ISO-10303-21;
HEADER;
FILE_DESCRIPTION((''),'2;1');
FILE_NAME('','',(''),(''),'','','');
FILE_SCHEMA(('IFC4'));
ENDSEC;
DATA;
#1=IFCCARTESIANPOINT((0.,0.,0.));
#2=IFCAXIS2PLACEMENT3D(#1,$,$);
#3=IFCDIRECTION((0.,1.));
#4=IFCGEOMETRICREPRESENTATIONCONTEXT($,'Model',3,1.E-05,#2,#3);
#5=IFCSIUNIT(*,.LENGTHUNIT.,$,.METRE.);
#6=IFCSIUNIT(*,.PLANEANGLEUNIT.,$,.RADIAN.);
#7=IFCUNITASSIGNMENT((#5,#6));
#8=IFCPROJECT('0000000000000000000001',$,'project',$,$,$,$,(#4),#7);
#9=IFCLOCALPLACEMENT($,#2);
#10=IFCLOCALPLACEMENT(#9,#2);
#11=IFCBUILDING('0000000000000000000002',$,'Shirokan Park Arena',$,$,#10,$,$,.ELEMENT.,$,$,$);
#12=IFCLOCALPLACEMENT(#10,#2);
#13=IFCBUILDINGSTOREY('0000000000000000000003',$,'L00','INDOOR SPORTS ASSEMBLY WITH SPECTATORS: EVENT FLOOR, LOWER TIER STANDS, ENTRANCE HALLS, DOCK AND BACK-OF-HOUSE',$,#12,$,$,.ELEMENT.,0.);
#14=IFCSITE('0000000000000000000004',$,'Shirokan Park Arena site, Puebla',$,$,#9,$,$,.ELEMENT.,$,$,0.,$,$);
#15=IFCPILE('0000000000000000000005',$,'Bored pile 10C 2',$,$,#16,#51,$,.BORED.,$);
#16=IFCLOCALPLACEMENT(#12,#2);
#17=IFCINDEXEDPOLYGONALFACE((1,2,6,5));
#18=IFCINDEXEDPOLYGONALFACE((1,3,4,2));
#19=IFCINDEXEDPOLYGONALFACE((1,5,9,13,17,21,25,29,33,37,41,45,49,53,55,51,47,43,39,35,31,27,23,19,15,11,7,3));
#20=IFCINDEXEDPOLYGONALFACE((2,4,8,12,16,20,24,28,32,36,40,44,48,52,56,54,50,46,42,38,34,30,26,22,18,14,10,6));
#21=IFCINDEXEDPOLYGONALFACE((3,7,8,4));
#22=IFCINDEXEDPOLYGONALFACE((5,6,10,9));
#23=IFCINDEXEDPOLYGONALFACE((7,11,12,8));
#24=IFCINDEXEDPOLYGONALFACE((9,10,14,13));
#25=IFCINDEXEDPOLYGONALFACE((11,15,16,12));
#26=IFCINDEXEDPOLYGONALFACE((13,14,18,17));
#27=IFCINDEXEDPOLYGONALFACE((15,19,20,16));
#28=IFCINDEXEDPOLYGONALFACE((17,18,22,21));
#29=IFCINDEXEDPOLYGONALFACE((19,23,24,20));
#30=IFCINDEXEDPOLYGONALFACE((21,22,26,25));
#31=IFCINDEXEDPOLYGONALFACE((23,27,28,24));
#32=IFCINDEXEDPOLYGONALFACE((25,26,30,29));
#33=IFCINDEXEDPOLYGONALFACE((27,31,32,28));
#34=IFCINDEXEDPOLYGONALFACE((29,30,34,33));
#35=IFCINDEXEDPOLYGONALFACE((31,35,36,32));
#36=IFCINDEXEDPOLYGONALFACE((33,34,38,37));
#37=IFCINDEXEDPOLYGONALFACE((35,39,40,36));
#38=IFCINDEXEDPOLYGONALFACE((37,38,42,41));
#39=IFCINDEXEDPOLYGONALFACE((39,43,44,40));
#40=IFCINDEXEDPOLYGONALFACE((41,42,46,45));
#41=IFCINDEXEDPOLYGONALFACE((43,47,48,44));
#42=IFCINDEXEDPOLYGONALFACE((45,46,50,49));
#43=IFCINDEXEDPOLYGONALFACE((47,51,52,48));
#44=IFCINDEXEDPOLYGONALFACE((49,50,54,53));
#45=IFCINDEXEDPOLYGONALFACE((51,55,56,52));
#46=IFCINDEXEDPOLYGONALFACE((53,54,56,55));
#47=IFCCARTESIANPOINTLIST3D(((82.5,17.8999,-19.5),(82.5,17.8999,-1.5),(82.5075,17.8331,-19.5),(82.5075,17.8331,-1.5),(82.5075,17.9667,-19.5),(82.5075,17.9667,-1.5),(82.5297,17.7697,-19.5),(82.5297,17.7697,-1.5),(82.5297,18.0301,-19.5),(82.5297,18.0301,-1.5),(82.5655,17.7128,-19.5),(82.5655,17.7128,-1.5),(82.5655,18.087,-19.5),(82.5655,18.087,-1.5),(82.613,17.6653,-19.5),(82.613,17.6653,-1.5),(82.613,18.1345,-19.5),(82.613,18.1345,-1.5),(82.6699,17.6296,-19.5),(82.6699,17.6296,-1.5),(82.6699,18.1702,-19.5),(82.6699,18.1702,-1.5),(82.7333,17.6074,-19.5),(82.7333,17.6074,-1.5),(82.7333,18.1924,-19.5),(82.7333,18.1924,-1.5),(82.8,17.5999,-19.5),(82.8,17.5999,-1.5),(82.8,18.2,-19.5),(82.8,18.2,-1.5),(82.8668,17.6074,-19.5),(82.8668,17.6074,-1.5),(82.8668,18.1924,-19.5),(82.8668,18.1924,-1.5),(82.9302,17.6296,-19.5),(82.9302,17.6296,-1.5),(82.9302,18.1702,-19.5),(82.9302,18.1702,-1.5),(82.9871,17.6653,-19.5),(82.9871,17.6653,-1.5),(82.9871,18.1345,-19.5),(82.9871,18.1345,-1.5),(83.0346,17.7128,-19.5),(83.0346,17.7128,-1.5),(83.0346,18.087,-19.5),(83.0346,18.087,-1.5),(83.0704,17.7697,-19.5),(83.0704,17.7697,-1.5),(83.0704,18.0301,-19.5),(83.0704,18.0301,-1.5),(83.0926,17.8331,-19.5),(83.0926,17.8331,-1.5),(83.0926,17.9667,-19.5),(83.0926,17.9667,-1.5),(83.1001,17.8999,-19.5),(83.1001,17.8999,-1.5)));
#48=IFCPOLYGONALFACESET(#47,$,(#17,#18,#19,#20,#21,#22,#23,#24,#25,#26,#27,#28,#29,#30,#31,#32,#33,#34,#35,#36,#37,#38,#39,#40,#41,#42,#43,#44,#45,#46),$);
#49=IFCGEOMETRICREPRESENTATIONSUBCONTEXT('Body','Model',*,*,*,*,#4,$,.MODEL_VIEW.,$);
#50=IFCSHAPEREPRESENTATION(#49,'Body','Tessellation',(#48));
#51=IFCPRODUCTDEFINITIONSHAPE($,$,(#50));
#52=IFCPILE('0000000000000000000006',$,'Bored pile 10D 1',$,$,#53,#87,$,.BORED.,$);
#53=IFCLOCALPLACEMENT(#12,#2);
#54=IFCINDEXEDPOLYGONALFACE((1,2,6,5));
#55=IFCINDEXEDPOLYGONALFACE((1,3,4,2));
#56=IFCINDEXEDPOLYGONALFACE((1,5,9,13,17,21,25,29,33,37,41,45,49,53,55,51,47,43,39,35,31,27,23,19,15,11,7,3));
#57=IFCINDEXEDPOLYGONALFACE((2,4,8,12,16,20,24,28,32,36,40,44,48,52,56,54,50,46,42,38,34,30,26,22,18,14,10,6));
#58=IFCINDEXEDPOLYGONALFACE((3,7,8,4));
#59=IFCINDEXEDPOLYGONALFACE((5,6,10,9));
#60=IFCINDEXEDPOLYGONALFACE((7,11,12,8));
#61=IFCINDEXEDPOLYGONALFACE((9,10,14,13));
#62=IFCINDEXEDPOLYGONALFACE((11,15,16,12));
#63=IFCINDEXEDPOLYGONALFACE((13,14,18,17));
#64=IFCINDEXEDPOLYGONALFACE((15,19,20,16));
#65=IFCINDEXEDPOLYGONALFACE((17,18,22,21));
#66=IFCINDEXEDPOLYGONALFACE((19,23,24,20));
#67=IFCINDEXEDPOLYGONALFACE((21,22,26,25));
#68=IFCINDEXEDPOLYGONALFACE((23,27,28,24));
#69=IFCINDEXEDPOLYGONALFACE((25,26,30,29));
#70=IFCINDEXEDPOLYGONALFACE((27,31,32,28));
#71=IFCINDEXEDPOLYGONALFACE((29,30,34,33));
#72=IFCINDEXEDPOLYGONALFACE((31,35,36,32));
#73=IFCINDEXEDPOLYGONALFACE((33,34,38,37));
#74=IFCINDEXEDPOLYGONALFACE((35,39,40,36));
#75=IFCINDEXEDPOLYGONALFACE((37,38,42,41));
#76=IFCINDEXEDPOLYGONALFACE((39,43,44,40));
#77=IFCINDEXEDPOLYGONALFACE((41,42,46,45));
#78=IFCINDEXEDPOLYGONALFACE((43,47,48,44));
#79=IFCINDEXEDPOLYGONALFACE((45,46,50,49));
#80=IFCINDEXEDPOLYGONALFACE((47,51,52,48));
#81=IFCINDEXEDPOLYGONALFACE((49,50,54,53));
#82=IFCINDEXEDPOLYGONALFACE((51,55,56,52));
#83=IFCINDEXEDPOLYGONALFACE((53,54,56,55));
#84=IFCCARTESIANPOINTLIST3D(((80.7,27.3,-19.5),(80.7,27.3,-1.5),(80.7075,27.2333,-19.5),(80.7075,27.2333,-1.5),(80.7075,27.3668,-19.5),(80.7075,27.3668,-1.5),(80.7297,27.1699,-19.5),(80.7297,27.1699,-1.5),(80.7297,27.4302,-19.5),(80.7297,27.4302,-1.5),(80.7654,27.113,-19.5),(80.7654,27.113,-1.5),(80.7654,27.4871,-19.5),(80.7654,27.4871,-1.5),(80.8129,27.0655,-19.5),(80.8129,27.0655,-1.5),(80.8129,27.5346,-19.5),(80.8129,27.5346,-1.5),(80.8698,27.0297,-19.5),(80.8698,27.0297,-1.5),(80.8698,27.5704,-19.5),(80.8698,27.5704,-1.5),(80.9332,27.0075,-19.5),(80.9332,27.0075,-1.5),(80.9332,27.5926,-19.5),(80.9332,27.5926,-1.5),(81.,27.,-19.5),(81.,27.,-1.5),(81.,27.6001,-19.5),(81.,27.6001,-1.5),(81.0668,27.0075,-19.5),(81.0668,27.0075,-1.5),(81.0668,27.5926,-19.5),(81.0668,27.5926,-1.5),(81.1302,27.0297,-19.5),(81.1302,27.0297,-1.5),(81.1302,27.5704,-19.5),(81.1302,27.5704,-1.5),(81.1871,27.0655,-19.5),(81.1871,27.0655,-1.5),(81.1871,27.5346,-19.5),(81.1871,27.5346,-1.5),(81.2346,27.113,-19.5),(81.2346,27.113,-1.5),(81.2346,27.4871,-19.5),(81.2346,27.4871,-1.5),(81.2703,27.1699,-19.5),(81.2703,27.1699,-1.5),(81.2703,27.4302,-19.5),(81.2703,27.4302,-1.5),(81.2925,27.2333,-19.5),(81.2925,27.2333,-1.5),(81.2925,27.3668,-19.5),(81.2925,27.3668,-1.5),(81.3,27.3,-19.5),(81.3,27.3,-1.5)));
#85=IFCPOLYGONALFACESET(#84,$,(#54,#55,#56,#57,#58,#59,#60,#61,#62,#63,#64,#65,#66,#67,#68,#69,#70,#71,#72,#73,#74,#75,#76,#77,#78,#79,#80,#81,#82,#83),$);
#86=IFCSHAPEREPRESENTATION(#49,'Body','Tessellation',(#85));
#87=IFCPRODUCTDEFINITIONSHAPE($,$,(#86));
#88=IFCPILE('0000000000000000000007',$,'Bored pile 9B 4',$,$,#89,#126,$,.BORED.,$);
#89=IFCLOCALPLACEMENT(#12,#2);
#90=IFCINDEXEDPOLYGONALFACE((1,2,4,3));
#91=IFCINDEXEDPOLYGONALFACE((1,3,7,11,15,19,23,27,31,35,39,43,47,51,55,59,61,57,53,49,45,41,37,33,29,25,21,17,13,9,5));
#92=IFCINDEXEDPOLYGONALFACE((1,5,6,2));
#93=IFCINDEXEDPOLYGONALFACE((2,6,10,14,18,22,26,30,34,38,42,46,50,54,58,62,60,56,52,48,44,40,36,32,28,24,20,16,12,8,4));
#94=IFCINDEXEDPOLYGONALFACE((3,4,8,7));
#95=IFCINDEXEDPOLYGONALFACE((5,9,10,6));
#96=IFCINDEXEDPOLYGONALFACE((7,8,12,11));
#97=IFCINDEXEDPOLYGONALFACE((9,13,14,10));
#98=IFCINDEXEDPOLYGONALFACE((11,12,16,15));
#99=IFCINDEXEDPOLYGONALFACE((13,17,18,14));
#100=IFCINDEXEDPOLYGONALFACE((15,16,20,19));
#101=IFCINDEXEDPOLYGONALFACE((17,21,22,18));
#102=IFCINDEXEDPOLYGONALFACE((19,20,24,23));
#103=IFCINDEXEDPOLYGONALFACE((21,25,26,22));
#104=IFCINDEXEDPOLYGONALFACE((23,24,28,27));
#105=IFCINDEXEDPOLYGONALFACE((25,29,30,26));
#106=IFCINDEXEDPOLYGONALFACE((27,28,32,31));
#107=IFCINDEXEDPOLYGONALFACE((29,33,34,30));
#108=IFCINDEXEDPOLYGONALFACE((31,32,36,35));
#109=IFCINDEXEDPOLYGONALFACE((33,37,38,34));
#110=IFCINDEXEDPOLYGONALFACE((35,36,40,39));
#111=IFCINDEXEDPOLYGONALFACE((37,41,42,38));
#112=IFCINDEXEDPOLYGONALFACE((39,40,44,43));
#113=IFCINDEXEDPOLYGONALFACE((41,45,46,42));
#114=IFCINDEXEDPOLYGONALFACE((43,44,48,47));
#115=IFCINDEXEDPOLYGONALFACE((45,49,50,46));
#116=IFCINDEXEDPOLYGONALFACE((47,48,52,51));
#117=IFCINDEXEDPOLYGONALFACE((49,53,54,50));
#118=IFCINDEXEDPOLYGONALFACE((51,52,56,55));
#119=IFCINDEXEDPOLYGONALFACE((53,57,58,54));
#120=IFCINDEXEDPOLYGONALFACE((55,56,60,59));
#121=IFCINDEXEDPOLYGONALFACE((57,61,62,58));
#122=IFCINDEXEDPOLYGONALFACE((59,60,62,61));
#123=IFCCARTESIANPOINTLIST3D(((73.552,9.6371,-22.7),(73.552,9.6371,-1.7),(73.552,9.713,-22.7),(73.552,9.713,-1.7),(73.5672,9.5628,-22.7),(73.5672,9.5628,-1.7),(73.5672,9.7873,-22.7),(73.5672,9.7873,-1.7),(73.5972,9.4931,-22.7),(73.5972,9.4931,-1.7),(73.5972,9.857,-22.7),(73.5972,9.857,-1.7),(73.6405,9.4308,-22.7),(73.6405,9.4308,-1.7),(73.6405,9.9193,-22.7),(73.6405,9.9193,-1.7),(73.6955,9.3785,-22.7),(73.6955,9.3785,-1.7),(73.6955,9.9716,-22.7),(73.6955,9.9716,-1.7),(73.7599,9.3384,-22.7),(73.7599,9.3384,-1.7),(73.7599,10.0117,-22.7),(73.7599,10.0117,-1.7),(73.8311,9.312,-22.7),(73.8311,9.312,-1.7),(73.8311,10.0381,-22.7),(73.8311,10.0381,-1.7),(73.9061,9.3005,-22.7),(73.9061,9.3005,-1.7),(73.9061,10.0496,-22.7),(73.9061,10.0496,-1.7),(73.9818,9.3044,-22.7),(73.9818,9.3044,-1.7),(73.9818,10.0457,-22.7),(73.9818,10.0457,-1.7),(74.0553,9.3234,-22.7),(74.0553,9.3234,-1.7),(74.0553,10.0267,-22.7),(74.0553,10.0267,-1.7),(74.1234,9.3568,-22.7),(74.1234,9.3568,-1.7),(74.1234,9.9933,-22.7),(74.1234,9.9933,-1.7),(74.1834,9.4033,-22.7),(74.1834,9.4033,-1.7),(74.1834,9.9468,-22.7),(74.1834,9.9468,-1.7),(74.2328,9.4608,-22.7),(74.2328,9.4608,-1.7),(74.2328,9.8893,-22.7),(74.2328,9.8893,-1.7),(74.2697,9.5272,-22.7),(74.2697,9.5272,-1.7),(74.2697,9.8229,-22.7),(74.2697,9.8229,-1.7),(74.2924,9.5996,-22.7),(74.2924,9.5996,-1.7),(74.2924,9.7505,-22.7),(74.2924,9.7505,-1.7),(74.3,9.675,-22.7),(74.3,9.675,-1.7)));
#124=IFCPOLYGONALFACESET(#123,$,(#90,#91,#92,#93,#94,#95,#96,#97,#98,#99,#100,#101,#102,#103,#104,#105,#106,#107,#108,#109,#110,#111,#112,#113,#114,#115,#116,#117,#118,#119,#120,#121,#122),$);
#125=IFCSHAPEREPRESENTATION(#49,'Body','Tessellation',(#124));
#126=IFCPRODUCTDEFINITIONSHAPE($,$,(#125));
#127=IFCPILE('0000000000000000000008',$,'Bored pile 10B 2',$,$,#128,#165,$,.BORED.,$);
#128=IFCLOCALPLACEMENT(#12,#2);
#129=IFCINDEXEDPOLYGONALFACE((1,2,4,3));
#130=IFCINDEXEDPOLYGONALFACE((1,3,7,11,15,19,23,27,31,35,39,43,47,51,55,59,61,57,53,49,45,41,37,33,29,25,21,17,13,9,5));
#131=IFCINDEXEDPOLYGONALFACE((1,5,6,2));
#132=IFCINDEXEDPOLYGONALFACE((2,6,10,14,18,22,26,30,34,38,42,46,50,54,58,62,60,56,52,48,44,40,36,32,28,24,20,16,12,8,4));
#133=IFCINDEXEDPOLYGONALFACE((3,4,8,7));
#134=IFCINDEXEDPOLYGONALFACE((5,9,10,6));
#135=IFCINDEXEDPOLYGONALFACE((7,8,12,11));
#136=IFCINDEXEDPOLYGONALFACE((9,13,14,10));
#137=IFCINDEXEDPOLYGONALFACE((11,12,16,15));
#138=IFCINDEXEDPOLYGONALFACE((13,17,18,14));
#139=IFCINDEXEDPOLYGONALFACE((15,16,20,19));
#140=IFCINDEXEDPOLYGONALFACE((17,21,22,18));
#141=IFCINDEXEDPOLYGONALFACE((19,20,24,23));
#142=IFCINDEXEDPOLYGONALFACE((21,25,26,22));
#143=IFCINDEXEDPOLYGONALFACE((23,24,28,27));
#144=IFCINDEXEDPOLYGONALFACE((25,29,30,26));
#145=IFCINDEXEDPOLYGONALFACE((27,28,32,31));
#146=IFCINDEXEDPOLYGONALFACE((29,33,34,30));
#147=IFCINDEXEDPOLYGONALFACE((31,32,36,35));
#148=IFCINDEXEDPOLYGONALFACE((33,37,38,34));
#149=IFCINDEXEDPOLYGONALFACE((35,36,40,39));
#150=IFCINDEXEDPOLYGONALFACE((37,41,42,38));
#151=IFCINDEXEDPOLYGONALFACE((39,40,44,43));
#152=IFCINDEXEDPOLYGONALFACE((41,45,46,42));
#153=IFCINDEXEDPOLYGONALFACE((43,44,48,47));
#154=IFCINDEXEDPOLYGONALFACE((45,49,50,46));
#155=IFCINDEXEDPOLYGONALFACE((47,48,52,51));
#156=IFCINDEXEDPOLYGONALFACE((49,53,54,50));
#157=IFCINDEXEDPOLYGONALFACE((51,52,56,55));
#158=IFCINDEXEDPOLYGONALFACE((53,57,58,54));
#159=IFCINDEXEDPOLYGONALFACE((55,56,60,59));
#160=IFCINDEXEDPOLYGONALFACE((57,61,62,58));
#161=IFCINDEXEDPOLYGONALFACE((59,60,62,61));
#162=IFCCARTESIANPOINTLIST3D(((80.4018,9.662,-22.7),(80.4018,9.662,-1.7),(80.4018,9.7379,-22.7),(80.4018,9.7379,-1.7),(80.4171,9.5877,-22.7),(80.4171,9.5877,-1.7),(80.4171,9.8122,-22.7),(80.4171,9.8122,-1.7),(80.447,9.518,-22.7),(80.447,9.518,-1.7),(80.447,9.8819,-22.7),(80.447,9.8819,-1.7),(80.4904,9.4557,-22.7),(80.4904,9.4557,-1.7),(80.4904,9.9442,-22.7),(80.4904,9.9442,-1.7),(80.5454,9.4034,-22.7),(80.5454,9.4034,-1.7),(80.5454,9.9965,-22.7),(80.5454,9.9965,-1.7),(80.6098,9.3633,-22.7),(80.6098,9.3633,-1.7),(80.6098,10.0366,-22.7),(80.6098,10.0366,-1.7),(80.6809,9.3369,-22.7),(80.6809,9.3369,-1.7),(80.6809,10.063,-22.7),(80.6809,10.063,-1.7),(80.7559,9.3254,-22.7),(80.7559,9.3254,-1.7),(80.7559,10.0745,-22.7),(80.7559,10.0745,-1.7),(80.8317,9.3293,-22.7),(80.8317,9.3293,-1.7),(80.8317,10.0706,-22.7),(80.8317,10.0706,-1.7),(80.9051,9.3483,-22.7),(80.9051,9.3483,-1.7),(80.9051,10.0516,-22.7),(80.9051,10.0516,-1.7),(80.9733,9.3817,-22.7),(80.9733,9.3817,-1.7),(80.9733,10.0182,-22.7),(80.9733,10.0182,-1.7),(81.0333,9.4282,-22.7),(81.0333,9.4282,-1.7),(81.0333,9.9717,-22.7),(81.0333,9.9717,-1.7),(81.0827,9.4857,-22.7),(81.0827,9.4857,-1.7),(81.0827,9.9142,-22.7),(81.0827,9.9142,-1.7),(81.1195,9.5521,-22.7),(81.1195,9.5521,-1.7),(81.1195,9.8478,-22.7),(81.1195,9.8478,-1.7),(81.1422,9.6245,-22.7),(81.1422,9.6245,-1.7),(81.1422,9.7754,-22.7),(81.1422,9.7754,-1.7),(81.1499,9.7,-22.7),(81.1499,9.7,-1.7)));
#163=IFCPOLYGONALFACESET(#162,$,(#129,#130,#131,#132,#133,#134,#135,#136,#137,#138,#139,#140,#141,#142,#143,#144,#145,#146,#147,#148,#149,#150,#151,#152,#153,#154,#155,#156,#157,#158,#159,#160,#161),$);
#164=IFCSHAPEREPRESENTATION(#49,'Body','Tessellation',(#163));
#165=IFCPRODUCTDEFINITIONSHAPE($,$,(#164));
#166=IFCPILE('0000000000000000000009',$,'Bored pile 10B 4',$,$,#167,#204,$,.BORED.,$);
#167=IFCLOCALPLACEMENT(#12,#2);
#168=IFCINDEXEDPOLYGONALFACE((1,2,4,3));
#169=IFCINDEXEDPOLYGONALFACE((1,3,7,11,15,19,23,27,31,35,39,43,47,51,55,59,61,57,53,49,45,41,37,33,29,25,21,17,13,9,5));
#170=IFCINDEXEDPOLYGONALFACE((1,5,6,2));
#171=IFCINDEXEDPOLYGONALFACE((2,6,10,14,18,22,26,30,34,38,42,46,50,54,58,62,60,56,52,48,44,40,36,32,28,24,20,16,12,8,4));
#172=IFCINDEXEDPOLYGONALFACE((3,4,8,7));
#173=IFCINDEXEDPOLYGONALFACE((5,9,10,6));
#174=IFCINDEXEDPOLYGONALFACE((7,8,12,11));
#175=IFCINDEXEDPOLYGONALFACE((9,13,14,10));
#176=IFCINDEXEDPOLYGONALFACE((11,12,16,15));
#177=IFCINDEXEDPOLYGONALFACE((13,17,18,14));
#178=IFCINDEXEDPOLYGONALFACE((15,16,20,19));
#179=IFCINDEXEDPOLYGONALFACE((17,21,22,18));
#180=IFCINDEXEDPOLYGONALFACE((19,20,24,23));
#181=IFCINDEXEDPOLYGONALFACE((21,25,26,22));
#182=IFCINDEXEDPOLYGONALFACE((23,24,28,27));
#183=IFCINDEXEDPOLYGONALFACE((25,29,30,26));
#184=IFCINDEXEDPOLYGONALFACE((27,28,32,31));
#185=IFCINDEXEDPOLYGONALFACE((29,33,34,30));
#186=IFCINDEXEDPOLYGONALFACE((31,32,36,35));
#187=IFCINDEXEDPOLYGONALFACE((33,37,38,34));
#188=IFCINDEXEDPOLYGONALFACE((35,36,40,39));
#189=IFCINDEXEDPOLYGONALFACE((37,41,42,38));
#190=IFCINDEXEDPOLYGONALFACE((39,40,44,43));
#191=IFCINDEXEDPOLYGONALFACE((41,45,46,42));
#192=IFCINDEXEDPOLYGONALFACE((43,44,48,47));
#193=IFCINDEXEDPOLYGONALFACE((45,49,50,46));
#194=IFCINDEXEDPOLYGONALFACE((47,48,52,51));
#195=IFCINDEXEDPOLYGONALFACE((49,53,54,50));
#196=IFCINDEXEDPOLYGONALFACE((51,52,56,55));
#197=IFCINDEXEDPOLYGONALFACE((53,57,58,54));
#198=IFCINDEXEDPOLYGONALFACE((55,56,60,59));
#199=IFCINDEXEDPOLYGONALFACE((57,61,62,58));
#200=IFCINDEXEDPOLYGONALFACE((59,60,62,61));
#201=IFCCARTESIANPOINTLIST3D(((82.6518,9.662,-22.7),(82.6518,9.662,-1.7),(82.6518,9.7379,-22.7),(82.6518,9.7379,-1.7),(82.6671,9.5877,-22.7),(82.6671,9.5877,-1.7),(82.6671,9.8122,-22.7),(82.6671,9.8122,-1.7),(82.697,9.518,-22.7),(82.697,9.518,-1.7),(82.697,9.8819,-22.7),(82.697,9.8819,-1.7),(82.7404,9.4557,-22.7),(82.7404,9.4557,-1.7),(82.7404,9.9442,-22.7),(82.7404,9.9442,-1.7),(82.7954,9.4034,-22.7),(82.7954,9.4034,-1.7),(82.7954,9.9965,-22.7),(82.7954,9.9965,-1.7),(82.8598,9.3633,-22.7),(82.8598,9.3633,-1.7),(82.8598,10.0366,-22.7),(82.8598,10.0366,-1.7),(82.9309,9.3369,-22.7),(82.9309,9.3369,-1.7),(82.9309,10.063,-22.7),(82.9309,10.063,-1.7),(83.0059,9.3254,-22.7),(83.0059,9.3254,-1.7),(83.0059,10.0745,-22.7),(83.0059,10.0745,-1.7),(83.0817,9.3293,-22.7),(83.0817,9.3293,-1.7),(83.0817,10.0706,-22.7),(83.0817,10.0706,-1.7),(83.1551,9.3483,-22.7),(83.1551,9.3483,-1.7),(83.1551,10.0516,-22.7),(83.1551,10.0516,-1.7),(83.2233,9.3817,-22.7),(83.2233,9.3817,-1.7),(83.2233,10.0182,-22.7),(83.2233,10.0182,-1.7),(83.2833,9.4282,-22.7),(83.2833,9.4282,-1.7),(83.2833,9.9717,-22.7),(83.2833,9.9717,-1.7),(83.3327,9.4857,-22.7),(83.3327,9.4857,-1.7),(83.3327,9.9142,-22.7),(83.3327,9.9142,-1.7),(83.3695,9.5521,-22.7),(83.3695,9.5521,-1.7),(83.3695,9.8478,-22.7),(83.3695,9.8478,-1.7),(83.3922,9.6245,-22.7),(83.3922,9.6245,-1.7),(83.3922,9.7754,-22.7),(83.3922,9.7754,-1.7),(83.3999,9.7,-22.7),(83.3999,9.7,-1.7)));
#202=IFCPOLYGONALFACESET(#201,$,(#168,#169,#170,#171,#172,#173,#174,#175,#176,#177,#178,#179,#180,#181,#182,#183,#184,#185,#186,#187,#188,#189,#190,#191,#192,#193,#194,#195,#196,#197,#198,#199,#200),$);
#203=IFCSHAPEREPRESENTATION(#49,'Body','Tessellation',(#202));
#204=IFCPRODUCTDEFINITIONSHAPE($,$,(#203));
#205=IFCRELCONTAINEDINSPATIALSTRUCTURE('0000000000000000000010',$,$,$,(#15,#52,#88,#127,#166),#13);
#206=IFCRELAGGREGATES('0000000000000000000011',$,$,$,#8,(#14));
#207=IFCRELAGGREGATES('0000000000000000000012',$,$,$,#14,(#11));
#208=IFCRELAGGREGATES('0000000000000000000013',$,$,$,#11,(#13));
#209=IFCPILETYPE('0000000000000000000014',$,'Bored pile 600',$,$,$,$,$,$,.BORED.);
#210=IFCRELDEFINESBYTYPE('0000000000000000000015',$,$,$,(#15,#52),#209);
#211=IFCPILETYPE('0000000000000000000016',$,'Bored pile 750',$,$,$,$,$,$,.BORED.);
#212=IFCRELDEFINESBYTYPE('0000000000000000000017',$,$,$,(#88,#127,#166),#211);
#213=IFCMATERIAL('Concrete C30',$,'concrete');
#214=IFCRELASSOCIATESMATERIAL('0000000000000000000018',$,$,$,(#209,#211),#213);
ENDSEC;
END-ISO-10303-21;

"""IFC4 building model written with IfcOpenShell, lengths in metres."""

from ifc_helpers import new_model, si_unit, direction, frame, origin, origin_2d, place, context, subcontext, project, spatial, circle, extrude, material, material_profile, profile_set, type_object, element, save


model = new_model("IFC4")

# Units and contexts
model_context = context("Model", 3, precision=1e-05, world=origin(), true_north=direction((0.0, 1.0)))
body_context = subcontext(model_context, "Body", "Model", "MODEL_VIEW")
ifc_project = project(units=[si_unit("LENGTHUNIT", "METRE"), si_unit("PLANEANGLEUNIT", "RADIAN")], contexts=[model_context])

# Site, building, storey
site_placement = place(None, origin())
site = spatial("IfcSite", under=ifc_project, at=site_placement, Name="Shirokan Park Arena site, Puebla", CompositionType="ELEMENT", RefElevation=0.0)
building_placement = place(site_placement, origin())
building = spatial("IfcBuilding", under=site, at=building_placement, Name="Shirokan Park Arena", CompositionType="ELEMENT")
storey_placement = place(building_placement, origin())
storey = spatial("IfcBuildingStorey", under=building, at=storey_placement, Name="L00", Description="INDOOR SPORTS ASSEMBLY WITH SPECTATORS: EVENT FLOOR, LOWER TIER STANDS, ENTRANCE HALLS, DOCK AND BACK-OF-HOUSE", CompositionType="ELEMENT", Elevation=0.0)

# Piles
ifc_material_1 = material(Name="Concrete C30", Category="concrete")
ifc_material_profile_1 = material_profile(ifc_material_1, circle(Radius=0.3, at=origin_2d()), Name="D600")
ifc_profile_set_1 = profile_set([ifc_material_profile_1], Name="Concrete C30")
pile_type_1 = type_object("IfcPileType", Name="Bored pile 600", PredefinedType="BORED", material=ifc_profile_set_1)
for number, where, z_axis, x_axis, name in (
    (1, (82.8, 17.8999, -1.5), (0.0, 0.0, -1.0), (1.0, 0.0, 0.0), "Bored pile 10C 2"),
    (2, (81.0, 27.3, -1.5), (0.0, 0.0, -1.0), (1.0, 0.0, 0.0), "Bored pile 10D 1"),
):
    element("IfcPile", number, at=place(storey_placement, frame(where, z_axis=z_axis, x_axis=x_axis)), inside=storey, type_object=pile_type_1, Name=name, PredefinedType="BORED", context=body_context, shape_type="SweptSolid", body=[
        extrude(circle(Radius=0.3, at=origin_2d()), origin(), (0.0, 0.0, 1.0), 18.0),
    ])
ifc_material_profile_2 = material_profile(ifc_material_1, circle(Radius=0.375, at=origin_2d()), Name="D750")
ifc_profile_set_2 = profile_set([ifc_material_profile_2], Name="Concrete C30")
pile_type_2 = type_object("IfcPileType", Name="Bored pile 750", PredefinedType="BORED", material=ifc_profile_set_2)
for number, where, z_axis, x_axis, name in (
    (3, (73.925, 9.675, -1.7), (0.0, 0.0, -1.0), (1.0, 0.0, 0.0), "Bored pile 9B 4"),
    (4, (80.7749, 9.7, -1.7), (0.0, 0.0, -1.0), (1.0, 0.0, 0.0), "Bored pile 10B 2"),
    (5, (83.0249, 9.7, -1.7), (0.0, 0.0, -1.0), (1.0, 0.0, 0.0), "Bored pile 10B 4"),
):
    element("IfcPile", number, at=place(storey_placement, frame(where, z_axis=z_axis, x_axis=x_axis)), inside=storey, type_object=pile_type_2, Name=name, PredefinedType="BORED", context=body_context, shape_type="SweptSolid", body=[
        extrude(circle(Radius=0.375, at=origin_2d()), origin(), (0.0, 0.0, 1.0), 21.0),
    ])

save(model, "model.ifc")
